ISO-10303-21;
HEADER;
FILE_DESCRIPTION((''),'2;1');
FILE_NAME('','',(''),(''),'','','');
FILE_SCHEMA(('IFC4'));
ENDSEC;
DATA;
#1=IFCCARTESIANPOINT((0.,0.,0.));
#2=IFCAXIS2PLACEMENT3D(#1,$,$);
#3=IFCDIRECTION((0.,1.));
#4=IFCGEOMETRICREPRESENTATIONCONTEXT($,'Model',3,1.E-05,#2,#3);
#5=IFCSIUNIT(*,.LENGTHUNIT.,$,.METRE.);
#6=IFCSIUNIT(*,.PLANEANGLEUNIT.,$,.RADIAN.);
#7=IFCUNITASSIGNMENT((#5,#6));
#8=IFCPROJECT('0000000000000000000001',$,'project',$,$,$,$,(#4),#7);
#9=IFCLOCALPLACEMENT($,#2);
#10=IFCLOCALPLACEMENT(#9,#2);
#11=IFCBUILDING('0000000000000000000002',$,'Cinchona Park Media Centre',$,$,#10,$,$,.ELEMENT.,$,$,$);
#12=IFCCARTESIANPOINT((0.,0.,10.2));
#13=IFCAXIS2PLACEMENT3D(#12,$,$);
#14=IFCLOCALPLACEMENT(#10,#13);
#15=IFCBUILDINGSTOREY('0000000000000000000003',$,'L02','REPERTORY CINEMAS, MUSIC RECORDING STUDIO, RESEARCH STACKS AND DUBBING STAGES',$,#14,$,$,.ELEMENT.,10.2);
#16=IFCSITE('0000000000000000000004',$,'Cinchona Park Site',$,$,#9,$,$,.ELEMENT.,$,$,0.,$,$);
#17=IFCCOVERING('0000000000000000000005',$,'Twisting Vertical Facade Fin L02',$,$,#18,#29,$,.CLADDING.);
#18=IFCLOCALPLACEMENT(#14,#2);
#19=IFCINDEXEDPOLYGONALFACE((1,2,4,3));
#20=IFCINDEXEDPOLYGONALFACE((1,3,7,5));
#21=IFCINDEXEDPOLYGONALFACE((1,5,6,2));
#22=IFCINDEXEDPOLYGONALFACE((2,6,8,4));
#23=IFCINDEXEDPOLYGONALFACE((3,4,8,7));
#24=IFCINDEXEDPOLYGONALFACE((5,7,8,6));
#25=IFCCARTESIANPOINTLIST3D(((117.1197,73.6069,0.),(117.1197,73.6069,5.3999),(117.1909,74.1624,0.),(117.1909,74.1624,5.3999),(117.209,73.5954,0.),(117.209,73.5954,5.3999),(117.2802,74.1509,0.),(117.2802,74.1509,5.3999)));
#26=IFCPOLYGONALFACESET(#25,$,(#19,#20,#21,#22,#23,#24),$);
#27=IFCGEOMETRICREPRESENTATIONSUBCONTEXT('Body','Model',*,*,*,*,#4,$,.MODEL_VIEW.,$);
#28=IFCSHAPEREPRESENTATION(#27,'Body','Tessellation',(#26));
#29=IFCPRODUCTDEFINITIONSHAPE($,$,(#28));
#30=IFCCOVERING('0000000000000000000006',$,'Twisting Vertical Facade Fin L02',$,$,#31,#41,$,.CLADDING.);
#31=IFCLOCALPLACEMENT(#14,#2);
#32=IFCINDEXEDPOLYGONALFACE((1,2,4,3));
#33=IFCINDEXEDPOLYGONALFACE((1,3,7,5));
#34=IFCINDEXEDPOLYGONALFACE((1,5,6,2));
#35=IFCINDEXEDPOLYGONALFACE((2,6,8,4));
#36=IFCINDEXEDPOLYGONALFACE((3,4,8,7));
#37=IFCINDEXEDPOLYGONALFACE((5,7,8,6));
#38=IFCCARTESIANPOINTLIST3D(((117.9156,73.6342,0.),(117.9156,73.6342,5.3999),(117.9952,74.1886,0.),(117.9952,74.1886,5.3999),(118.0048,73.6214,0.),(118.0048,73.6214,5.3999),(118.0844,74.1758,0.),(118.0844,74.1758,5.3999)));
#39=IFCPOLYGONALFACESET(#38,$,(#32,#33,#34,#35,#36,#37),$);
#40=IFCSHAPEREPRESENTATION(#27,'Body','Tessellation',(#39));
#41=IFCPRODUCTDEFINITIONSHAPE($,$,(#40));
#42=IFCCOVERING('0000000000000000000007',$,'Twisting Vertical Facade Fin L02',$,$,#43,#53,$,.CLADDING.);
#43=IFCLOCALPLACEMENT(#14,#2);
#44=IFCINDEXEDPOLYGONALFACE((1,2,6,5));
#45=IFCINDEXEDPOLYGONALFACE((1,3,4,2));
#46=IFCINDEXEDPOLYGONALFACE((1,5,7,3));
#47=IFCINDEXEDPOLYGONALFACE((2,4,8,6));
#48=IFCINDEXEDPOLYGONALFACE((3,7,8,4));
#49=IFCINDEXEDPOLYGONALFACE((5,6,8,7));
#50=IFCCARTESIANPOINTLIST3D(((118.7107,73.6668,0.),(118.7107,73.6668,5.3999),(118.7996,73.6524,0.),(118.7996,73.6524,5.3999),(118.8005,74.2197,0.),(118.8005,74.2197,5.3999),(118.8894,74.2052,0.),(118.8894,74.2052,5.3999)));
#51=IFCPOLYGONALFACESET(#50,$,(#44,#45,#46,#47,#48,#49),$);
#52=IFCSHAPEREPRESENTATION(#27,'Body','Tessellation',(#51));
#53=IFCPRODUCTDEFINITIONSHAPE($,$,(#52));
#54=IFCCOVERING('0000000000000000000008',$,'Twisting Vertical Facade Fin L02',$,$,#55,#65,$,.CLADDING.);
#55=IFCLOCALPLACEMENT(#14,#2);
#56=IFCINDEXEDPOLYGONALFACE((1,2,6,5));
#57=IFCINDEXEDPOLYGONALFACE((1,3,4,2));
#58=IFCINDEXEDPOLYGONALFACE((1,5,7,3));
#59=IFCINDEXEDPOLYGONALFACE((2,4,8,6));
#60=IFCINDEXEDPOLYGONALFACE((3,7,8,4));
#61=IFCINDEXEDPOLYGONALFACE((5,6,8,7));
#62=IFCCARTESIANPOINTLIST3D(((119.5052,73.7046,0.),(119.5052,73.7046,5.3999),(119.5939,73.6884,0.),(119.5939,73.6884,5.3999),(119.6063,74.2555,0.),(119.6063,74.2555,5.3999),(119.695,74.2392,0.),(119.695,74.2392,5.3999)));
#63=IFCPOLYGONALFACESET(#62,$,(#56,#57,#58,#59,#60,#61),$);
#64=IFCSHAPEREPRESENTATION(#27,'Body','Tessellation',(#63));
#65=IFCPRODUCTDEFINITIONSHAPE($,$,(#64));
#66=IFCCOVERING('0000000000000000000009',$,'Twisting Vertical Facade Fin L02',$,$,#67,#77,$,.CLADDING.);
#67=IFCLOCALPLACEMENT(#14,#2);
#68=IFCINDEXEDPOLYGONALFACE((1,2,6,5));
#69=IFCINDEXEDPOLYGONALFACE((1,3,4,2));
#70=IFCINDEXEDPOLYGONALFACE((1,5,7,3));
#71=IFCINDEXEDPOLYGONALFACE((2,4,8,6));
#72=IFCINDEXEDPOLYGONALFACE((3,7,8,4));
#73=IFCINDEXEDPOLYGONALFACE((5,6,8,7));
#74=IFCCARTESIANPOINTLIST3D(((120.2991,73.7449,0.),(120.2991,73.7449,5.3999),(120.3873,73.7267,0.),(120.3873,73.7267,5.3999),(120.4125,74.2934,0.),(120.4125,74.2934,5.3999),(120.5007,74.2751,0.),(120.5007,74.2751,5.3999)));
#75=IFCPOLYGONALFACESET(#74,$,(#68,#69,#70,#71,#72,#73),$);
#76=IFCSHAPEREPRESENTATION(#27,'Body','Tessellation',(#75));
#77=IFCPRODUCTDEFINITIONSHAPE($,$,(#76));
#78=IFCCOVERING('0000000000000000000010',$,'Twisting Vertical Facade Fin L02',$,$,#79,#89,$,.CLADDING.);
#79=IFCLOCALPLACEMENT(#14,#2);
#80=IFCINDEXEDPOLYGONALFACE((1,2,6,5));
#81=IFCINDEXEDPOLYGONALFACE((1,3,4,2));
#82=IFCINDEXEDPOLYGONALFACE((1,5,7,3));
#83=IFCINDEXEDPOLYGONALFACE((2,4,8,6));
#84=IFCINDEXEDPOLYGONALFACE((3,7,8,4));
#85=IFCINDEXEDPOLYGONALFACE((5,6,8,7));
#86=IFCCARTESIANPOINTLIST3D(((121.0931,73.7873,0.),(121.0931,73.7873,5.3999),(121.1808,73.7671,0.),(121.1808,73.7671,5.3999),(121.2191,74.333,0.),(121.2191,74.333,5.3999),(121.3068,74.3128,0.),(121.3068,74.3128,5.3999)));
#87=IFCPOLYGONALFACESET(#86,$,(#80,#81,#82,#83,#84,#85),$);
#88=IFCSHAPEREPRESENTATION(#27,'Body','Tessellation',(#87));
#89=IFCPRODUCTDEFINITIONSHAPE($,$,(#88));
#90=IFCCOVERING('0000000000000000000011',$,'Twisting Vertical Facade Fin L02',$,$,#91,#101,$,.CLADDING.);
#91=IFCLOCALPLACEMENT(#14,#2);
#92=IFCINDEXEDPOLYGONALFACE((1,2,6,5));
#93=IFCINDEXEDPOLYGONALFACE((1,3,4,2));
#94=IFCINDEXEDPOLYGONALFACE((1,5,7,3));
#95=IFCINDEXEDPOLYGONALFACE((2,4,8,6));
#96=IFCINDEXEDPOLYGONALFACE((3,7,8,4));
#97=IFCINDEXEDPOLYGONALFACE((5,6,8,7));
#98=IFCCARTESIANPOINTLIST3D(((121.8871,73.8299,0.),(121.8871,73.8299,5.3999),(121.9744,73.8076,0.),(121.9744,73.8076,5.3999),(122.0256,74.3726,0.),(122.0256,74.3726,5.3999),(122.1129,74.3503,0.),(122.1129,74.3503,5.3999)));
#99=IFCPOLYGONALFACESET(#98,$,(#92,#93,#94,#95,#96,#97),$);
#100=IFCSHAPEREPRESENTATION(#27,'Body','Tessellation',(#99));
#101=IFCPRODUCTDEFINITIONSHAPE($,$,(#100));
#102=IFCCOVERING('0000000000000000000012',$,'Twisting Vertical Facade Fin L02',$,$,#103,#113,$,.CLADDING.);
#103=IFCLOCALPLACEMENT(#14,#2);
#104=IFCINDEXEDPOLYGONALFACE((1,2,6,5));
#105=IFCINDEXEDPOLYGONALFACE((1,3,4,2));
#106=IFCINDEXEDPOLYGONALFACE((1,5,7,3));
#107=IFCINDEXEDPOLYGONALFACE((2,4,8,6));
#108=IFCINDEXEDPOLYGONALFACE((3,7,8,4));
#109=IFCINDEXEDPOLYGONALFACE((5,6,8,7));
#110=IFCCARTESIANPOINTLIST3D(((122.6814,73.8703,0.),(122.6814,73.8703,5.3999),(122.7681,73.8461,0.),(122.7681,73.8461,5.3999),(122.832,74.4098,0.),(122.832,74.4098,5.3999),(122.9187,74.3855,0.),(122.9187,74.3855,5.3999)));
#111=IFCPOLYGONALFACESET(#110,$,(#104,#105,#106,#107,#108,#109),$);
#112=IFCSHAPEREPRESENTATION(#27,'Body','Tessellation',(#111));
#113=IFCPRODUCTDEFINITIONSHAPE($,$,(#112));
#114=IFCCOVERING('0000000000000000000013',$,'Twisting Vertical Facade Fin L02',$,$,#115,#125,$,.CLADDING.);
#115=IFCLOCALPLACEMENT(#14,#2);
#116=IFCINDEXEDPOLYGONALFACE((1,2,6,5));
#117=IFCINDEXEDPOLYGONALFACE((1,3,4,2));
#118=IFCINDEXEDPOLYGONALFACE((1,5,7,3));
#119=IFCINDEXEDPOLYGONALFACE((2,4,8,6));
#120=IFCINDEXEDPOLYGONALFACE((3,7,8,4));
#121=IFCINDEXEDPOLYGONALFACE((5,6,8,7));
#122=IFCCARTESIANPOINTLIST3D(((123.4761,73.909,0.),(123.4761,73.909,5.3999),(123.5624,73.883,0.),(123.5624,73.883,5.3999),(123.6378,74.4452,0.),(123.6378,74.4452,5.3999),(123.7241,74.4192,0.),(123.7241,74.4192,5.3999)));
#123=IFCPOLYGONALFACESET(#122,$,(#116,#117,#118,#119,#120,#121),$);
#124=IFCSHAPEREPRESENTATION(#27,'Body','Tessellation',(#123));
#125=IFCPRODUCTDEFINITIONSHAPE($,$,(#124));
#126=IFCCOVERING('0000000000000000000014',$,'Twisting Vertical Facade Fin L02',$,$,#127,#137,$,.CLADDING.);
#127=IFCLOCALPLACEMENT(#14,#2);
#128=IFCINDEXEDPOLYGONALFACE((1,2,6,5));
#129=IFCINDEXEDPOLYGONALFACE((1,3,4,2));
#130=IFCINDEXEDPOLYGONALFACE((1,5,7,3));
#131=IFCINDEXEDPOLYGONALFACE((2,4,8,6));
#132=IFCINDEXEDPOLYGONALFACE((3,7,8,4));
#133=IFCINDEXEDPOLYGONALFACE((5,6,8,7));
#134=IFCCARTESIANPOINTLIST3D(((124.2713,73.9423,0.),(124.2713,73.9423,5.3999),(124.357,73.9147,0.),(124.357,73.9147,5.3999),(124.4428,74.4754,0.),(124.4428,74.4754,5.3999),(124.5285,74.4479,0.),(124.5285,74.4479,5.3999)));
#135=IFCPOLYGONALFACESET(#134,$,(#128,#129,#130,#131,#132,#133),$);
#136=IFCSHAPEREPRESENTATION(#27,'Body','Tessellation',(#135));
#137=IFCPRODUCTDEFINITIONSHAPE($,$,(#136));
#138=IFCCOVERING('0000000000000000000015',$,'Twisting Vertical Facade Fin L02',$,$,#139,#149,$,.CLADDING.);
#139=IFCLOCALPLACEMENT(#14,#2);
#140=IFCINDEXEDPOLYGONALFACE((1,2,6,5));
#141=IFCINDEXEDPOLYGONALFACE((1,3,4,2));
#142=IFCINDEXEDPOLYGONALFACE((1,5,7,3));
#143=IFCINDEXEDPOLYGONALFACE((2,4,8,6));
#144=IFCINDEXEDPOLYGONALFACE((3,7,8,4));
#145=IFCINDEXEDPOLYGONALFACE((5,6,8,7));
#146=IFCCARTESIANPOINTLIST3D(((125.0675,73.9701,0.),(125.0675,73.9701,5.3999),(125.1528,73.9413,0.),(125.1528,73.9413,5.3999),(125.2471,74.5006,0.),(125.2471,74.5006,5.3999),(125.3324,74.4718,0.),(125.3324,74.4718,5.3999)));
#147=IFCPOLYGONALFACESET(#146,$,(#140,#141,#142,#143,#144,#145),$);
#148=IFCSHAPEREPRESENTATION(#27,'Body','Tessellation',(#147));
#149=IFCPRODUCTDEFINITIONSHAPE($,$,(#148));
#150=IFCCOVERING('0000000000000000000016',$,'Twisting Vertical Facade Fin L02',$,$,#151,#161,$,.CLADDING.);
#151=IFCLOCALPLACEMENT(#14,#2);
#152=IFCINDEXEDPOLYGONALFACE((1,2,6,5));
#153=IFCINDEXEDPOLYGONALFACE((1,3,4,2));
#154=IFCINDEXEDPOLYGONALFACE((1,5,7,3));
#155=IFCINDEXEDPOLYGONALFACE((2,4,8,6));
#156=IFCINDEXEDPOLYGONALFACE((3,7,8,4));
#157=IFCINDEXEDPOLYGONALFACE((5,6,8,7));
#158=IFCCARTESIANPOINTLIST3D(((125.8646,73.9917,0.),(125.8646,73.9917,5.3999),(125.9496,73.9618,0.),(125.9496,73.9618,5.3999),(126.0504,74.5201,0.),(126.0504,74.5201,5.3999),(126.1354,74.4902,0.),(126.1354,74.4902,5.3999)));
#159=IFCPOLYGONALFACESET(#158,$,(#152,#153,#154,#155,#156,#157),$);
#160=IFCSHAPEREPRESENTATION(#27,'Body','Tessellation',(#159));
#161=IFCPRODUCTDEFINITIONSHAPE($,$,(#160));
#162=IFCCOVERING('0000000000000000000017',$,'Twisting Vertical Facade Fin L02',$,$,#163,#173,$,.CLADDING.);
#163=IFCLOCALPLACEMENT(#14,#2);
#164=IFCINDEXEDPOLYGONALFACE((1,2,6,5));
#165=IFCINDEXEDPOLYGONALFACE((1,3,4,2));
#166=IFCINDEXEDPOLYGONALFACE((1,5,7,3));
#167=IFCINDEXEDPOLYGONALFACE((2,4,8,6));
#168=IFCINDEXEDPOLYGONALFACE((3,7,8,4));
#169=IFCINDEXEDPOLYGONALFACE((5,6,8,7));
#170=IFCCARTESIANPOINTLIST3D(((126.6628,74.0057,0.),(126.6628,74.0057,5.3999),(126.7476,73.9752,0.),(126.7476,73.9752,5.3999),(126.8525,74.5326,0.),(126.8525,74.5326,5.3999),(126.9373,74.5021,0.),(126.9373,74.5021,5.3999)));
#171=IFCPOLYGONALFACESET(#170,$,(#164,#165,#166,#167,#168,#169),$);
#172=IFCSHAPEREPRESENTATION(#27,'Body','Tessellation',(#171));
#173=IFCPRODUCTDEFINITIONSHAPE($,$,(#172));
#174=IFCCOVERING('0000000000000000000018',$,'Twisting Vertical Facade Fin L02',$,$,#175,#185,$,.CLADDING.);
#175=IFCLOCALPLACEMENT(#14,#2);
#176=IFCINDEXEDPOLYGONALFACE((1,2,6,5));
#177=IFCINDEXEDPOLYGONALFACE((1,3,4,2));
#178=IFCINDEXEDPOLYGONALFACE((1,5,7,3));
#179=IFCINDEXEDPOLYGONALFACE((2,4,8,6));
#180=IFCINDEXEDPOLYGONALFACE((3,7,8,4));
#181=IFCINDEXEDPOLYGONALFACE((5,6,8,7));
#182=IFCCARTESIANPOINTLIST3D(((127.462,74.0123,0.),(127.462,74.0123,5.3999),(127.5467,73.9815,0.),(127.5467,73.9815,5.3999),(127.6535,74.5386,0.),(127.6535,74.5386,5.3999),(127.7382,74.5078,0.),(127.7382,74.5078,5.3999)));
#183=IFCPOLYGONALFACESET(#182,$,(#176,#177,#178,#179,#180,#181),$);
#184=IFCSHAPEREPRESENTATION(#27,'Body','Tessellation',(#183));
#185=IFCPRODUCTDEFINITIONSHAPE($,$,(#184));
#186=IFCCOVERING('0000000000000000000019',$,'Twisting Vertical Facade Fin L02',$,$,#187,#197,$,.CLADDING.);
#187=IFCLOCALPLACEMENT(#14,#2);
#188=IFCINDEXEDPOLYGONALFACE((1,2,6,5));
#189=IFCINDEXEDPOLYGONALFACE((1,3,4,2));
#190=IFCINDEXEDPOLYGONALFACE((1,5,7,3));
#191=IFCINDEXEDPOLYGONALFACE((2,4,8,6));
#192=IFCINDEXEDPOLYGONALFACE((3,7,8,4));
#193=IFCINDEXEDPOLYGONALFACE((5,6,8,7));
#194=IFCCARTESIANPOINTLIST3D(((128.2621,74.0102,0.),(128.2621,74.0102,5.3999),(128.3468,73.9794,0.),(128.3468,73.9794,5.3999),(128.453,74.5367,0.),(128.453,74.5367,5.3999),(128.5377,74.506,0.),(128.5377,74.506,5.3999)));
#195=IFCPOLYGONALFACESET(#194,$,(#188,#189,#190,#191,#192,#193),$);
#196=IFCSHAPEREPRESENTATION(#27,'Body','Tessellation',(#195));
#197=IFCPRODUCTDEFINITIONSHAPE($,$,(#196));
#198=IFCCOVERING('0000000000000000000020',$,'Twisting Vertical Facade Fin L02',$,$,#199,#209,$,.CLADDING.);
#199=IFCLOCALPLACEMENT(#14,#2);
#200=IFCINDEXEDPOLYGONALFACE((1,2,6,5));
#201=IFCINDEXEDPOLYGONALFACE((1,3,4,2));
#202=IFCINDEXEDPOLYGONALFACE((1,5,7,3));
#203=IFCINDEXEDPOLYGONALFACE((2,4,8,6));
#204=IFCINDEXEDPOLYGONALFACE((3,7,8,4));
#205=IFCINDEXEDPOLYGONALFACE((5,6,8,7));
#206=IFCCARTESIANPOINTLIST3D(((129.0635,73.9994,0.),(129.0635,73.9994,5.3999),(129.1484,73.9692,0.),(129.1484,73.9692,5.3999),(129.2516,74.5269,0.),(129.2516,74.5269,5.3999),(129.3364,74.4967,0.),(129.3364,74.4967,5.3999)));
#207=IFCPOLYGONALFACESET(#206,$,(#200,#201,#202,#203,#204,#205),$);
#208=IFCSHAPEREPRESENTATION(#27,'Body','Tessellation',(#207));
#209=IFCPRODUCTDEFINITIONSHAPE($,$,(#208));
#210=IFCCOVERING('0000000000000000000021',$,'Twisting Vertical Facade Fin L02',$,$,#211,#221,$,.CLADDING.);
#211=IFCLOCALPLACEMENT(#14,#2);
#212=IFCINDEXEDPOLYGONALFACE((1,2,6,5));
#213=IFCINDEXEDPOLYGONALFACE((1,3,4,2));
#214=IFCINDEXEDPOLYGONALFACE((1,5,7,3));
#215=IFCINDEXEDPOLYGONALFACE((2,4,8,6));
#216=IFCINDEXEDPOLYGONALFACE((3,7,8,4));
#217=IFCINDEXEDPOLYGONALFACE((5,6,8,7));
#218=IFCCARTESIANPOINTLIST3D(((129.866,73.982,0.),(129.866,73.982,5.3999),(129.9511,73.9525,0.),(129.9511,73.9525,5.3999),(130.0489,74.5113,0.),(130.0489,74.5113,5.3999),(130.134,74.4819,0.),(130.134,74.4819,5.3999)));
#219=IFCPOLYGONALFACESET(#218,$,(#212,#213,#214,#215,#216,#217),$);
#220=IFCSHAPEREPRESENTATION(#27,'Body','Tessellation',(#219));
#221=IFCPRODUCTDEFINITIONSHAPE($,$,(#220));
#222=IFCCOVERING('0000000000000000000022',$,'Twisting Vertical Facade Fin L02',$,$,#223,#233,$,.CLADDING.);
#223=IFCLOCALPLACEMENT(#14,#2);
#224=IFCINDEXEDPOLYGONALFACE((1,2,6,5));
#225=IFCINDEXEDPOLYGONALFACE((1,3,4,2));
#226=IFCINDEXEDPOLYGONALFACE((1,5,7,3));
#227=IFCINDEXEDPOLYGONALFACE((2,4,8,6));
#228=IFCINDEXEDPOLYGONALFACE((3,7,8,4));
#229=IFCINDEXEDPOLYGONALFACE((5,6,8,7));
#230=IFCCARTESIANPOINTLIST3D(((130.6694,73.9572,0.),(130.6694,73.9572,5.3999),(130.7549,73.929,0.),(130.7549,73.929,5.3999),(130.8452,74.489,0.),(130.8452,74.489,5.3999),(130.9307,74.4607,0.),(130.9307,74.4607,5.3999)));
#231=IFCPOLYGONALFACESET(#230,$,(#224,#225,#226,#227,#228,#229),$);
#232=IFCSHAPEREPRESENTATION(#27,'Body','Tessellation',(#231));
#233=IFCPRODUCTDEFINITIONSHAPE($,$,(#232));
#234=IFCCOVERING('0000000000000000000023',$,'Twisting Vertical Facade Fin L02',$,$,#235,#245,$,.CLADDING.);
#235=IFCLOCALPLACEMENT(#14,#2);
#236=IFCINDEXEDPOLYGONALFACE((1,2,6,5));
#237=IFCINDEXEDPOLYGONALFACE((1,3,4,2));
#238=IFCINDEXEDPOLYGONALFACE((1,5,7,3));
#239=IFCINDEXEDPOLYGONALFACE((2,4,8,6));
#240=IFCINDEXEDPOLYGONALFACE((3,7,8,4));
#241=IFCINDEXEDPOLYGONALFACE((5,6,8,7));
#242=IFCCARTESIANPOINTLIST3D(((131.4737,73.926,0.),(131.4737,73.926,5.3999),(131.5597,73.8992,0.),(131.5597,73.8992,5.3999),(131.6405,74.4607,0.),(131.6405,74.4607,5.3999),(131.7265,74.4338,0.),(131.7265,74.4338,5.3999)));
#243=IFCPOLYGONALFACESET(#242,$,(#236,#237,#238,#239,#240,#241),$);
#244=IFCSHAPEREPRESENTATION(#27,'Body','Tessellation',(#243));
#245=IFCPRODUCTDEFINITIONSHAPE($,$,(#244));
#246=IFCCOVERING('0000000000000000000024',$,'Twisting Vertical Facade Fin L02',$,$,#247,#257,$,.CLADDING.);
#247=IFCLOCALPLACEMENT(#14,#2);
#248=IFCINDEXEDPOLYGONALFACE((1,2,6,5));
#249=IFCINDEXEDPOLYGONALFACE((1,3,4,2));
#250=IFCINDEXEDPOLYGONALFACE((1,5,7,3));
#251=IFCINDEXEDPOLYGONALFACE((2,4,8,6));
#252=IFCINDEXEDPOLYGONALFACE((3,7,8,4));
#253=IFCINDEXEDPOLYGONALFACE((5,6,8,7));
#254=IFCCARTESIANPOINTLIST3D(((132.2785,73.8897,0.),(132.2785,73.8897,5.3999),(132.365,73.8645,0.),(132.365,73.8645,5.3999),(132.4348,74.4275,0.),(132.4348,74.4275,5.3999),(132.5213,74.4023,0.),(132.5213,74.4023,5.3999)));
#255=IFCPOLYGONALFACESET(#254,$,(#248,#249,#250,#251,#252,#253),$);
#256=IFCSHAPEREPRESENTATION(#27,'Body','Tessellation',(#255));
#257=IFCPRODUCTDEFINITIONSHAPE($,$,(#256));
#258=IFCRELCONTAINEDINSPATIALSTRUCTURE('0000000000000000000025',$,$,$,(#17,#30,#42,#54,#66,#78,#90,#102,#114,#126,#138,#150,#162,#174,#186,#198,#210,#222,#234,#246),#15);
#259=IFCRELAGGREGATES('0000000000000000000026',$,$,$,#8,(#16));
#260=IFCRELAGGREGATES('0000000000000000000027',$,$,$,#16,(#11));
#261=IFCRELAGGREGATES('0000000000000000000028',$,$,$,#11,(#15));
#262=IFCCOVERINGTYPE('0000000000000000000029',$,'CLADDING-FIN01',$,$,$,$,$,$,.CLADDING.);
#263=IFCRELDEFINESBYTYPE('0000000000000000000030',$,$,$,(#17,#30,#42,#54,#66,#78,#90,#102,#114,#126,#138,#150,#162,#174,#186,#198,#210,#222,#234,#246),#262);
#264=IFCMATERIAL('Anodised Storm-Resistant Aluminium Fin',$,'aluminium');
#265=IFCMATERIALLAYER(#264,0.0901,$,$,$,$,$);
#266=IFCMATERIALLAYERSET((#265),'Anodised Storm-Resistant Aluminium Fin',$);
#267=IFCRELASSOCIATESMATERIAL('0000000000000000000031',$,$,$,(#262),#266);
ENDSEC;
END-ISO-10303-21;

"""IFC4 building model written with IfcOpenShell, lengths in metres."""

from ifc_helpers import new_model, si_unit, direction, frame, origin, origin_2d, place, context, subcontext, project, spatial, rectangle, extrude, material, layer, layer_set, type_object, element, save


model = new_model("IFC4")

# Units and contexts
model_context = context("Model", 3, precision=1e-05, world=origin(), true_north=direction((0.0, 1.0)))
body_context = subcontext(model_context, "Body", "Model", "MODEL_VIEW")
ifc_project = project(units=[si_unit("LENGTHUNIT", "METRE"), si_unit("PLANEANGLEUNIT", "RADIAN")], contexts=[model_context])

# Site, building, storey
site_placement = place(None, origin())
site = spatial("IfcSite", under=ifc_project, at=site_placement, Name="Cinchona Park Site", CompositionType="ELEMENT", RefElevation=0.0)
building_placement = place(site_placement, origin())
building = spatial("IfcBuilding", under=site, at=building_placement, Name="Cinchona Park Media Centre", CompositionType="ELEMENT")
storey_placement = place(building_placement, frame((0.0, 0.0, 10.2)))
storey = spatial("IfcBuildingStorey", under=building, at=storey_placement, Name="L02", Description="REPERTORY CINEMAS, MUSIC RECORDING STUDIO, RESEARCH STACKS AND DUBBING STAGES", CompositionType="ELEMENT", Elevation=10.2)

# Coverings
ifc_material_1 = material(Name="Anodised Storm-Resistant Aluminium Fin", Category="aluminium")
ifc_layer = layer(ifc_material_1, 0.0901)
ifc_layer_set = layer_set([ifc_layer], Name="Anodised Storm-Resistant Aluminium Fin")
covering_type = type_object("IfcCoveringType", Name="CLADDING-FIN01", PredefinedType="CLADDING", material=ifc_layer_set)
for number, where, z_axis, x_axis, name in (
    (1, (117.2, 73.8789, 0.0), (0.0, 0.0, 1.0), (0.127065, 0.991894, 0.0), "Twisting Vertical Facade Fin L02"),
    (2, (118.0, 73.905, 0.0), (0.0, 0.0, 1.0), (0.142111, 0.989851, 0.0), "Twisting Vertical Facade Fin L02"),
    (3, (118.8, 73.936, 0.0), (0.0, 0.0, 1.0), (0.160226, 0.98708, 0.0), "Twisting Vertical Facade Fin L02"),
    (4, (119.6001, 73.9719, 0.0), (0.0, 0.0, 1.0), (0.180519, 0.983571, 0.0), "Twisting Vertical Facade Fin L02"),
    (5, (120.3999, 74.01, 0.0), (0.0, 0.0, 1.0), (0.202445, 0.979294, 0.0), "Twisting Vertical Facade Fin L02"),
    (6, (121.2, 74.05, 0.0), (0.0, 0.0, 1.0), (0.224951, 0.97437, 0.0), "Twisting Vertical Facade Fin L02"),
    (7, (122.0, 74.0901, 0.0), (0.0, 0.0, 1.0), (0.247337, 0.968929, 0.0), "Twisting Vertical Facade Fin L02"),
    (8, (122.8, 74.1279, 0.0), (0.0, 0.0, 1.0), (0.26892, 0.963163, 0.0), "Twisting Vertical Facade Fin L02"),
    (9, (123.6001, 74.1641, 0.0), (0.0, 0.0, 1.0), (0.288698, 0.95742, 0.0), "Twisting Vertical Facade Fin L02"),
    (10, (124.3999, 74.1951, 0.0), (0.0, 0.0, 1.0), (0.306194, 0.951969, 0.0), "Twisting Vertical Facade Fin L02"),
    (11, (125.2, 74.2209, 0.0), (0.0, 0.0, 1.0), (0.320613, 0.94721, 0.0), "Twisting Vertical Facade Fin L02"),
    (12, (126.0, 74.241, 0.0), (0.0, 0.0, 1.0), (0.331667, 0.943396, 0.0), "Twisting Vertical Facade Fin L02"),
    (13, (126.8, 74.2539, 0.0), (0.0, 0.0, 1.0), (0.338738, 0.940881, 0.0), "Twisting Vertical Facade Fin L02"),
    (14, (127.6001, 74.26, 0.0), (0.0, 0.0, 1.0), (0.341856, 0.939752, 0.0), "Twisting Vertical Facade Fin L02"),
    (15, (128.3999, 74.2581, 0.0), (0.0, 0.0, 1.0), (0.340872, 0.94011, 0.0), "Twisting Vertical Facade Fin L02"),
    (16, (129.2, 74.248, 0.0), (0.0, 0.0, 1.0), (0.33578, 0.94194, 0.0), "Twisting Vertical Facade Fin L02"),
    (17, (130.0, 74.2319, 0.0), (0.0, 0.0, 1.0), (0.326558, 0.945177, 0.0), "Twisting Vertical Facade Fin L02"),
    (18, (130.8, 74.209, 0.0), (0.0, 0.0, 1.0), (0.313827, 0.94948, 0.0), "Twisting Vertical Facade Fin L02"),
    (19, (131.6001, 74.1799, 0.0), (0.0, 0.0, 1.0), (0.297875, 0.954605, 0.0), "Twisting Vertical Facade Fin L02"),
    (20, (132.3999, 74.146, 0.0), (0.0, 0.0, 1.0), (0.279159, 0.960245, 0.0), "Twisting Vertical Facade Fin L02"),
):
    element("IfcCovering", number, at=place(storey_placement, frame(where, z_axis=z_axis, x_axis=x_axis)), inside=storey, type_object=covering_type, Name=name, PredefinedType="CLADDING", context=body_context, shape_type="SweptSolid", body=[
        extrude(rectangle(XDim=0.5601, YDim=0.0901, at=origin_2d()), origin(), (0.0, 0.0, 1.0), 5.3999),
    ])

save(model, "model.ifc")
